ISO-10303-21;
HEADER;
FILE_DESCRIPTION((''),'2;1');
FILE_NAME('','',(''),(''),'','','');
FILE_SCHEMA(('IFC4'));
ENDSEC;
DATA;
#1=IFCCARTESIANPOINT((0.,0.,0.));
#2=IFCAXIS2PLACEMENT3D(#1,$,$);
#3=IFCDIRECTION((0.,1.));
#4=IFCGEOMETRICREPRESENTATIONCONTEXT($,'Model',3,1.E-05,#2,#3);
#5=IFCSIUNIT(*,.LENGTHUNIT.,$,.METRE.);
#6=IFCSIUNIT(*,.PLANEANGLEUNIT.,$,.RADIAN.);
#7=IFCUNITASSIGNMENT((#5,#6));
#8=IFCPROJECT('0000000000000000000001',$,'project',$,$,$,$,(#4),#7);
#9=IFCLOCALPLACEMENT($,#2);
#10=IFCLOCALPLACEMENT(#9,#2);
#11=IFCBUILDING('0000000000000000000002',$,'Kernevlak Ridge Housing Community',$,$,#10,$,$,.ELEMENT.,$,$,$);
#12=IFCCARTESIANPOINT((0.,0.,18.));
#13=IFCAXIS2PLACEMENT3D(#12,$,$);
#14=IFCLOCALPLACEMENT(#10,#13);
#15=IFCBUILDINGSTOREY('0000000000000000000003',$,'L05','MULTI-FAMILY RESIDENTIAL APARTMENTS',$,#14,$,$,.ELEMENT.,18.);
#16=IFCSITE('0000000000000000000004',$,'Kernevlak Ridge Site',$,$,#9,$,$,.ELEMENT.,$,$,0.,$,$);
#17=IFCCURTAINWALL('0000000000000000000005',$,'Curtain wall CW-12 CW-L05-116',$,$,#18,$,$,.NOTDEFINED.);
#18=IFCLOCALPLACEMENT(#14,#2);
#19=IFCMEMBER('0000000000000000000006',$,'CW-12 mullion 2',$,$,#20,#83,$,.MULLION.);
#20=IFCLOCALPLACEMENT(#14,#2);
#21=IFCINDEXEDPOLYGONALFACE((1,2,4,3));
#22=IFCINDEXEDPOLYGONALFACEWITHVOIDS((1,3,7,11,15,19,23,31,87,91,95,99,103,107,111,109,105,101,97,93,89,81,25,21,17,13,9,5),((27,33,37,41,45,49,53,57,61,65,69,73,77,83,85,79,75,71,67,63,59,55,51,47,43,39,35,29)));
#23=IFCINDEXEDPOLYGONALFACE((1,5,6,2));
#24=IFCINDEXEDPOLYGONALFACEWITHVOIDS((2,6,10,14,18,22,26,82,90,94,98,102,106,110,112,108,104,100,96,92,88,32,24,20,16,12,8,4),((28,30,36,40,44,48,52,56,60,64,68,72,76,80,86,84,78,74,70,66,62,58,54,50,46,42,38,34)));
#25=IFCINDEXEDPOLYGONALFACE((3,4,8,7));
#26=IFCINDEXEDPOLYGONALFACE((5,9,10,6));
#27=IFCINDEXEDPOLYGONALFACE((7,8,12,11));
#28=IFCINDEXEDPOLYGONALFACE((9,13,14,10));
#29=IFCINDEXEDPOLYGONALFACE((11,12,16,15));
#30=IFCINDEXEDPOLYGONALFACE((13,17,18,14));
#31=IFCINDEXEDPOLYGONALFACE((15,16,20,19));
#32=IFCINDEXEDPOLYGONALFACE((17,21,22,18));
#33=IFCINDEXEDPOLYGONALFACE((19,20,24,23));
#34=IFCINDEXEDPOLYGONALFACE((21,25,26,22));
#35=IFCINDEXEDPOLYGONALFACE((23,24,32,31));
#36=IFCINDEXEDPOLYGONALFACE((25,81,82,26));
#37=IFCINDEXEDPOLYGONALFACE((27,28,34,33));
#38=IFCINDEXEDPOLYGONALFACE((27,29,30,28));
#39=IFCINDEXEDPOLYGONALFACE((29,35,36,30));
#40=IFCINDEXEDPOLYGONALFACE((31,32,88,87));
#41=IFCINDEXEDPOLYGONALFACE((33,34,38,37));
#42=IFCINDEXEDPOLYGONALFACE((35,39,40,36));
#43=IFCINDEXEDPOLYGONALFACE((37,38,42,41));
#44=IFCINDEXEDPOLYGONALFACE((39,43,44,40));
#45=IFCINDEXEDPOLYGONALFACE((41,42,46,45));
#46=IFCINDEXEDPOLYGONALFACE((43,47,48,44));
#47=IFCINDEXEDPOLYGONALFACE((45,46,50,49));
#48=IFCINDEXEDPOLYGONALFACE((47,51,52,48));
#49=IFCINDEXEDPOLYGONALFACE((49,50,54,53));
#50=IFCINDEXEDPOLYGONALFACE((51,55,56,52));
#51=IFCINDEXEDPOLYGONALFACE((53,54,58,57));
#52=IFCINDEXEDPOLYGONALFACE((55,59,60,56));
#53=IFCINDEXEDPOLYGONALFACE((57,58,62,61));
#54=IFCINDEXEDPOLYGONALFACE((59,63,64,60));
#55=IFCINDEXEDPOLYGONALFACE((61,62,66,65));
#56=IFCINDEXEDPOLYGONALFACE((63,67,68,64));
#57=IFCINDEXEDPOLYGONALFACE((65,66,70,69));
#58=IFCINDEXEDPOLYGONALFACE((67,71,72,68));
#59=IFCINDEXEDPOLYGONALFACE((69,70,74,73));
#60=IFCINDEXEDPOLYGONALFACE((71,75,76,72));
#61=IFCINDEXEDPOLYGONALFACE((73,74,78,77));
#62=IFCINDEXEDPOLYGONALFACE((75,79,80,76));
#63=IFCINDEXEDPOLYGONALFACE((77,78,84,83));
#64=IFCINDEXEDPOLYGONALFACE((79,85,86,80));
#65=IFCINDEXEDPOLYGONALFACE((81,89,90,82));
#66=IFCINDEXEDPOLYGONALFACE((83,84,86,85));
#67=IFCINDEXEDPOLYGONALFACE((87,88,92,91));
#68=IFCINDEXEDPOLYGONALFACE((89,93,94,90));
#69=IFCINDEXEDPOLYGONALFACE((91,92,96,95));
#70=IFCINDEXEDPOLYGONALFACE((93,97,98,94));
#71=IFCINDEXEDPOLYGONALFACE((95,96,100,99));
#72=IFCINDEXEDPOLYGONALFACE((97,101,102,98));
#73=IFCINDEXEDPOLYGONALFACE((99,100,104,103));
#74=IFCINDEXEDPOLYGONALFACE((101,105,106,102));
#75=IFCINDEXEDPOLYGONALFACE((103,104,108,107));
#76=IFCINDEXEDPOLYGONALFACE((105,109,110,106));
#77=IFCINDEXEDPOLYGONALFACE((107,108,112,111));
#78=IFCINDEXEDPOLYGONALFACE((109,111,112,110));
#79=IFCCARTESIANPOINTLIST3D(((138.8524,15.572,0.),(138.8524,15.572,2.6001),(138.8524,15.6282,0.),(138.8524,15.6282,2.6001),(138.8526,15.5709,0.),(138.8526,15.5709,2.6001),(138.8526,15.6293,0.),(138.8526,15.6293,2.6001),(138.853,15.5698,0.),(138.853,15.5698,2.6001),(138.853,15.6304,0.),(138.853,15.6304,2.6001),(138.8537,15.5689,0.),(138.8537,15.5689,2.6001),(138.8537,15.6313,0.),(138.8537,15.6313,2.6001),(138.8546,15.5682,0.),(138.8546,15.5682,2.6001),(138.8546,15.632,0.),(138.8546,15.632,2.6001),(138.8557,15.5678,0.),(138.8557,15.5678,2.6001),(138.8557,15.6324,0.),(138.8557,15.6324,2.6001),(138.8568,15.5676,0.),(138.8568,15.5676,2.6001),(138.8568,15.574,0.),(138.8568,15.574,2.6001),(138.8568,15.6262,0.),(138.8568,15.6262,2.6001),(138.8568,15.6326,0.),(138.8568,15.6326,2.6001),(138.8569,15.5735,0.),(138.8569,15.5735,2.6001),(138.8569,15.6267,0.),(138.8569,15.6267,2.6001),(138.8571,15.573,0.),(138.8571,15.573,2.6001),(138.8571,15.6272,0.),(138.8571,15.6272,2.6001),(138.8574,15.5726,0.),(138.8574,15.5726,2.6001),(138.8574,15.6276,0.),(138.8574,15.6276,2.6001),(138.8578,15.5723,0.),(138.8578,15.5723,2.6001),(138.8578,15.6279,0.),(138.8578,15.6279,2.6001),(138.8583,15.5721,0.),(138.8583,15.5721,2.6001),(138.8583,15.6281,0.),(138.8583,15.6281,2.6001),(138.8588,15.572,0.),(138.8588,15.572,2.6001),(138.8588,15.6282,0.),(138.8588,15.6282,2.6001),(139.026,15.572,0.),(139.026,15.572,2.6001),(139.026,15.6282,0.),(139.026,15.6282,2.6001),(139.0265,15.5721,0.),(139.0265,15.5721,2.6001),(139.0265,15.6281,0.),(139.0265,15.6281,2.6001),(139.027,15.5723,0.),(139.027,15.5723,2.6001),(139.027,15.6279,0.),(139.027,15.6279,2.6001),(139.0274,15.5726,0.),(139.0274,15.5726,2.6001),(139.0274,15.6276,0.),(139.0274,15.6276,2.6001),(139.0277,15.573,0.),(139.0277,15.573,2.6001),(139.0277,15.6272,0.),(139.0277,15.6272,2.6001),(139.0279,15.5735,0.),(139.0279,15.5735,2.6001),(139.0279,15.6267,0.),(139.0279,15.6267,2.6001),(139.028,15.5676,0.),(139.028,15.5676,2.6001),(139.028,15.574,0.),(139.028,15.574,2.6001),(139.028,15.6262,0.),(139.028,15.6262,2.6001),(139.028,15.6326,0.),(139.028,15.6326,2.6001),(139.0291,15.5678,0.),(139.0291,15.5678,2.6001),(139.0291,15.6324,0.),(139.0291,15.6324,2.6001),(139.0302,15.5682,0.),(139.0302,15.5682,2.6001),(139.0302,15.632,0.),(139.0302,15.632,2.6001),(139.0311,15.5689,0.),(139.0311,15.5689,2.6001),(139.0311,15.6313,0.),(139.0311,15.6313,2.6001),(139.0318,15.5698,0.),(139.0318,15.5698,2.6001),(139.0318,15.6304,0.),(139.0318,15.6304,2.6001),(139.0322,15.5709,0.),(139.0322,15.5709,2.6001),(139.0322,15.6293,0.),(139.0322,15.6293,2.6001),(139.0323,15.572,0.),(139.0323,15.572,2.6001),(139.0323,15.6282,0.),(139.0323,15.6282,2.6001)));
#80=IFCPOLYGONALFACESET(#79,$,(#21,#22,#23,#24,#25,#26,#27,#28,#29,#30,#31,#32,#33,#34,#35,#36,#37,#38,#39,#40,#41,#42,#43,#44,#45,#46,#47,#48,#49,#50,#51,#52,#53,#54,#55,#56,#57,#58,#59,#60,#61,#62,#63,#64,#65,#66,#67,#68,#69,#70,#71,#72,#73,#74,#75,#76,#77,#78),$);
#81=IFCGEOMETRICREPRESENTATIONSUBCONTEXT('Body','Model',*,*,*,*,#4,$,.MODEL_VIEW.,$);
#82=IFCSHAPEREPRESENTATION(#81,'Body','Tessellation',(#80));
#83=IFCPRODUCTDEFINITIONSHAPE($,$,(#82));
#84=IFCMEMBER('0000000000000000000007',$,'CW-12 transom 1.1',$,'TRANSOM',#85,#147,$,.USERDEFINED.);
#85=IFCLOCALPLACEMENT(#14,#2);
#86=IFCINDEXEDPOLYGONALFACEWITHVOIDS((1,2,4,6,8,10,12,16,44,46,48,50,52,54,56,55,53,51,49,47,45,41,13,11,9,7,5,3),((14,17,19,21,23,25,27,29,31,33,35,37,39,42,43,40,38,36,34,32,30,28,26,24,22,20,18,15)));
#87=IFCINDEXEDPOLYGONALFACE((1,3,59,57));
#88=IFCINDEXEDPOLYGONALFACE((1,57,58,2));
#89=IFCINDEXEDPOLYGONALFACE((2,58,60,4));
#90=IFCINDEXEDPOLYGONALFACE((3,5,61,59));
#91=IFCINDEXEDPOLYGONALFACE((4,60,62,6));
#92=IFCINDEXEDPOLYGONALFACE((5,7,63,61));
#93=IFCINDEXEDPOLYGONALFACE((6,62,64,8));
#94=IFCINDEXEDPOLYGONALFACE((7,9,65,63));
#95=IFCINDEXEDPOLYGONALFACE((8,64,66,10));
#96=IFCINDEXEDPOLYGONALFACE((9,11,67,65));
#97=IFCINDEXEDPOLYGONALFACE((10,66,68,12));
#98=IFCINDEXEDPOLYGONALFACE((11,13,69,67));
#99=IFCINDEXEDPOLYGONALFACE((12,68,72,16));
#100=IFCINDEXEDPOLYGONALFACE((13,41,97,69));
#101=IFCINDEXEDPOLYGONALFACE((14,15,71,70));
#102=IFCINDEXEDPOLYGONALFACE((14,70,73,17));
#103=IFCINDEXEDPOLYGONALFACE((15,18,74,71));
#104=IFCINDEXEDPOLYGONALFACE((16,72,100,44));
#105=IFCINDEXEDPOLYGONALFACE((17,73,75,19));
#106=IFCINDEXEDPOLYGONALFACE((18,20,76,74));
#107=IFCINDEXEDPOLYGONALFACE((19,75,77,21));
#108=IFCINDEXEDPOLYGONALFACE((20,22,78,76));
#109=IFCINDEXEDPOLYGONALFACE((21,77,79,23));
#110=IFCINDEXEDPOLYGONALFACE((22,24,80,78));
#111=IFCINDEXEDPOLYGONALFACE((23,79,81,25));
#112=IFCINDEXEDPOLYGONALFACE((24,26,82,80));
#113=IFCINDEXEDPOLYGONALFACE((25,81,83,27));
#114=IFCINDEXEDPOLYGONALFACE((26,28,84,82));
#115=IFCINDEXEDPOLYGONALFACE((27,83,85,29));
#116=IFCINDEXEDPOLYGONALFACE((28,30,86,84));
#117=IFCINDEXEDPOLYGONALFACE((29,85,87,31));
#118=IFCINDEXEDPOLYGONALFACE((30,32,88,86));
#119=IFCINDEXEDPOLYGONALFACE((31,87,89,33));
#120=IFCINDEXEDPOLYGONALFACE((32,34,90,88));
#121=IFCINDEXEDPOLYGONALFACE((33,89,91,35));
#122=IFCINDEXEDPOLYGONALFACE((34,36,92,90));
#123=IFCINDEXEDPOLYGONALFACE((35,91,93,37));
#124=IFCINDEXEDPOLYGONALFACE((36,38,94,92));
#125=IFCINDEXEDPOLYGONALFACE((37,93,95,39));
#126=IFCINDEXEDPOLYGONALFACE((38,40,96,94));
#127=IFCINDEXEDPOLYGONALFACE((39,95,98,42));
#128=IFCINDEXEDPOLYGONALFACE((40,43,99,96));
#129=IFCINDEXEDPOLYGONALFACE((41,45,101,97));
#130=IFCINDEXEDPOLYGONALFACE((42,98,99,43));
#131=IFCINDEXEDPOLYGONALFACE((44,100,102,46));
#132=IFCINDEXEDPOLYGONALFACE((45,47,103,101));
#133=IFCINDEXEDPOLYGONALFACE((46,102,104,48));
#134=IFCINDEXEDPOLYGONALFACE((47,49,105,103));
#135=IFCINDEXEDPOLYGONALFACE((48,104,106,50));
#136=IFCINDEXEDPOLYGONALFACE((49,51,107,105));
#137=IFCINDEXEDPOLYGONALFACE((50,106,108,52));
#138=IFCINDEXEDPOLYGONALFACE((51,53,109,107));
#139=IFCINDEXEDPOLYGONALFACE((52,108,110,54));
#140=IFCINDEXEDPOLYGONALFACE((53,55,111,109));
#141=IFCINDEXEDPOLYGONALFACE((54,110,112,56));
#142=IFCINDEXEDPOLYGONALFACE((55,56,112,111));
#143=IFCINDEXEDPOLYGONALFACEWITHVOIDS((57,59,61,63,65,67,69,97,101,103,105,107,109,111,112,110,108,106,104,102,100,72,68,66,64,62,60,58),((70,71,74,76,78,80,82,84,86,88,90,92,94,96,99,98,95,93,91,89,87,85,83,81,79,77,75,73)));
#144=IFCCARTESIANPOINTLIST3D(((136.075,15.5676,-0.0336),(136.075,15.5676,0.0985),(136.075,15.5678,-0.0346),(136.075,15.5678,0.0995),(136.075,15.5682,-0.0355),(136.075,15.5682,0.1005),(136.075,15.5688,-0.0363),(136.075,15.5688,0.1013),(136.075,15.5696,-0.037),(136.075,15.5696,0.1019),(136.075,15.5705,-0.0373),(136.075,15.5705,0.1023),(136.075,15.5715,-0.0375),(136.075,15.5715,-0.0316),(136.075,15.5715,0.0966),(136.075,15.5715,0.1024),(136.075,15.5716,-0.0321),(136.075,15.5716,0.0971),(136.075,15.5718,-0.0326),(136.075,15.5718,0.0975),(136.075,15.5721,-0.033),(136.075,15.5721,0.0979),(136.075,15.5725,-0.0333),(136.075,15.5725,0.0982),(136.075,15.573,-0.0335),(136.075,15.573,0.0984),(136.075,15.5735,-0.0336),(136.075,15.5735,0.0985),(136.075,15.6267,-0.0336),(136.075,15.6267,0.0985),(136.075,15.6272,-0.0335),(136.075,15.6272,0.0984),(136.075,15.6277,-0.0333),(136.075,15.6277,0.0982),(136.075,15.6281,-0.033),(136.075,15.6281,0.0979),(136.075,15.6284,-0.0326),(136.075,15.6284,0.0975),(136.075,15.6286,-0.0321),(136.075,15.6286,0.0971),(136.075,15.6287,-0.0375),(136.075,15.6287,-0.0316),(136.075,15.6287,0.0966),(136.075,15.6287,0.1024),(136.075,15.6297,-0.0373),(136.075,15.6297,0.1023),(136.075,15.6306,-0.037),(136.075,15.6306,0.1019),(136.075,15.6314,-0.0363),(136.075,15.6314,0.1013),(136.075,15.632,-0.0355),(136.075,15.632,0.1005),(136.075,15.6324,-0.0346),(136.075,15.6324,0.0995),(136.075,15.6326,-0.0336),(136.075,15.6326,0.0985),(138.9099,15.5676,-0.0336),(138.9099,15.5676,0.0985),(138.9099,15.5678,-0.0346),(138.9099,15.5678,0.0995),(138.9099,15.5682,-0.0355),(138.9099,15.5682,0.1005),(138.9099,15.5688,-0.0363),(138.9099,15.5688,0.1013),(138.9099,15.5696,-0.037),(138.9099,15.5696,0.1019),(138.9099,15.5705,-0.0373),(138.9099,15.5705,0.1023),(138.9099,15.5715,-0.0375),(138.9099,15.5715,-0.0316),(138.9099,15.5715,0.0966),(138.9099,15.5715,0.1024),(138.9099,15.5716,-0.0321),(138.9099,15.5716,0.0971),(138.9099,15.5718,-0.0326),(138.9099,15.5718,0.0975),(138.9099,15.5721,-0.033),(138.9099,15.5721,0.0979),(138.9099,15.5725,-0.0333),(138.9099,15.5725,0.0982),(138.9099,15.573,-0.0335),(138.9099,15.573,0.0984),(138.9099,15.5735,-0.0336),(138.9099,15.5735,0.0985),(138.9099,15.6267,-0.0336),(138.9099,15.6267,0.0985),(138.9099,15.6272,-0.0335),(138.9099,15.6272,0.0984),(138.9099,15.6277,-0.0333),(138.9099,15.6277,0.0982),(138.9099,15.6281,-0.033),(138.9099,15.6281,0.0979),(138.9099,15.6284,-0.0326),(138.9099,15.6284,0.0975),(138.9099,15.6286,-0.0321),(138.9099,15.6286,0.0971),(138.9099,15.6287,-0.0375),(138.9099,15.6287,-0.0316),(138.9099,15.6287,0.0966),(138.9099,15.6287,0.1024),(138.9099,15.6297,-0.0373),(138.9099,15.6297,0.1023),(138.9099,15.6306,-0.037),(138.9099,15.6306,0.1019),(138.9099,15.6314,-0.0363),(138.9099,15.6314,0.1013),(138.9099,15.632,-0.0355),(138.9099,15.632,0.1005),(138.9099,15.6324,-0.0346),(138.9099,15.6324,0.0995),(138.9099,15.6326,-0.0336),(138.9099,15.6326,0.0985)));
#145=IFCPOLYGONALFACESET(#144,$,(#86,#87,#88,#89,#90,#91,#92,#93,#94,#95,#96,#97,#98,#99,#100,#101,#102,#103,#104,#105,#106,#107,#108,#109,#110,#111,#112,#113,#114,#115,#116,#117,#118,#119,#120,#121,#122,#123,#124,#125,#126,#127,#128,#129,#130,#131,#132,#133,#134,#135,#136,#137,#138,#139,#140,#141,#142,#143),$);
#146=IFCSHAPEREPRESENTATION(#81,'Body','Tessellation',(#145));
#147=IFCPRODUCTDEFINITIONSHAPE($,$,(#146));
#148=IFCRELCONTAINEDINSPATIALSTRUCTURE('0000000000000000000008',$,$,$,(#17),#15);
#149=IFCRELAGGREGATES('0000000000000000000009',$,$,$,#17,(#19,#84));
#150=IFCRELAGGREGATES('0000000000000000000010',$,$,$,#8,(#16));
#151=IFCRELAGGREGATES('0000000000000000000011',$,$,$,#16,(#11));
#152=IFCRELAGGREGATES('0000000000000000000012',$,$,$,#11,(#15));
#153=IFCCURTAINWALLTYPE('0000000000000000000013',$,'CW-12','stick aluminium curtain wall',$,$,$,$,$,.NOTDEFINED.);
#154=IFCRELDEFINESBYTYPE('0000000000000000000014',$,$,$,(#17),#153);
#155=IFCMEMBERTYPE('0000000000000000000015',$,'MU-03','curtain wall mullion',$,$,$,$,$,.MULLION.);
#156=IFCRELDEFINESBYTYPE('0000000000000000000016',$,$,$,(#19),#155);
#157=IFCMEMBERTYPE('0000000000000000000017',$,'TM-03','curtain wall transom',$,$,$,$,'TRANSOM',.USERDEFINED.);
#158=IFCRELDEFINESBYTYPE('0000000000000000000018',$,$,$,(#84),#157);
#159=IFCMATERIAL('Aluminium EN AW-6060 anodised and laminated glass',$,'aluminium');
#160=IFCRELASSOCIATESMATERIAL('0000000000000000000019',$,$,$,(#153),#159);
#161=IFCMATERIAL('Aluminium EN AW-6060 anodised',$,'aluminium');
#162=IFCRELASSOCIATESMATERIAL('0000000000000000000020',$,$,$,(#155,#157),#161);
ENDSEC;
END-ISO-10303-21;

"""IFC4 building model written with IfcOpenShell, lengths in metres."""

from ifc_helpers import new_model, si_unit, direction, frame, origin, origin_2d, place, context, subcontext, project, spatial, hollow_rectangle, extrude, material, material_profile, profile_set, type_object, element, aggregate, save


model = new_model("IFC4")

# Units and contexts
model_context = context("Model", 3, precision=1e-05, world=origin(), true_north=direction((0.0, 1.0)))
body_context = subcontext(model_context, "Body", "Model", "MODEL_VIEW")
ifc_project = project(units=[si_unit("LENGTHUNIT", "METRE"), si_unit("PLANEANGLEUNIT", "RADIAN")], contexts=[model_context])

# Site, building, storey
site_placement = place(None, origin())
site = spatial("IfcSite", under=ifc_project, at=site_placement, Name="Kernevlak Ridge Site", CompositionType="ELEMENT", RefElevation=0.0)
building_placement = place(site_placement, origin())
building = spatial("IfcBuilding", under=site, at=building_placement, Name="Kernevlak Ridge Housing Community", CompositionType="ELEMENT")
storey_placement = place(building_placement, frame((0.0, 0.0, 18.0)))
storey = spatial("IfcBuildingStorey", under=building, at=storey_placement, Name="L05", Description="MULTI-FAMILY RESIDENTIAL APARTMENTS", CompositionType="ELEMENT", Elevation=18.0)

# Shared definitions
ifc_material_1 = material(Name="Aluminium EN AW-6060 anodised and laminated glass", Category="aluminium")
ifc_material_2 = material(Name="Aluminium EN AW-6060 anodised", Category="aluminium")

# Curtain wall, members
curtain_wall_type_1 = type_object("IfcCurtainWallType", Name="CW-12", Description="stick aluminium curtain wall", PredefinedType="NOTDEFINED", material=ifc_material_1)
curtain_wall_1_placement = place(storey_placement, origin())
curtain_wall_1 = element("IfcCurtainWall", 1, at=curtain_wall_1_placement, inside=storey, type_object=curtain_wall_type_1, Name="Curtain wall CW-12 CW-L05-116", PredefinedType="NOTDEFINED")
ifc_material_profile_1 = material_profile(ifc_material_2, hollow_rectangle(XDim=0.0649, YDim=0.1799, WallThickness=0.0044, InnerFilletRadius=0.002, OuterFilletRadius=0.0044, at=origin_2d()), Name="ALU 65x180x4.5")
ifc_profile_set_1 = profile_set([ifc_material_profile_1], Name="Aluminium EN AW-6060 anodised")
member_type_1 = type_object("IfcMemberType", Name="MU-03", Description="curtain wall mullion", PredefinedType="MULLION", material=ifc_profile_set_1)
member_1_placement = place(storey_placement, frame((138.9424, 15.6001, 0.0), z_axis=(0.0, 0.0, 1.0), x_axis=(0.0, 1.0, 0.0)))
member_1 = element("IfcMember", 2, at=member_1_placement, type_object=member_type_1, Name="CW-12 mullion 2", PredefinedType="MULLION", context=body_context, shape_type="SweptSolid", body=[
    extrude(hollow_rectangle(XDim=0.0649, YDim=0.1799, WallThickness=0.0044, InnerFilletRadius=0.002, OuterFilletRadius=0.0044, at=origin_2d()), origin(), (0.0, 0.0, 1.0), 2.6001),
])
ifc_material_profile_2 = material_profile(ifc_material_2, hollow_rectangle(XDim=0.0649, YDim=0.1399, WallThickness=0.0039, InnerFilletRadius=0.002, OuterFilletRadius=0.0039, at=origin_2d()), Name="ALU 65x140x4")
ifc_profile_set_2 = profile_set([ifc_material_profile_2], Name="Aluminium EN AW-6060 anodised")
member_type_2 = type_object("IfcMemberType", Name="TM-03", Description="curtain wall transom", ElementType="TRANSOM", PredefinedType="USERDEFINED", material=ifc_profile_set_2)
member_2_placement = place(storey_placement, frame((136.075, 15.6001, 0.0325), z_axis=(1.0, 0.0, 0.0), x_axis=(0.0, 1.0, 0.0)))
member_2 = element("IfcMember", 3, at=member_2_placement, type_object=member_type_2, Name="CW-12 transom 1.1", ObjectType="TRANSOM", PredefinedType="USERDEFINED", context=body_context, shape_type="SweptSolid", body=[
    extrude(hollow_rectangle(XDim=0.0649, YDim=0.1399, WallThickness=0.0039, InnerFilletRadius=0.002, OuterFilletRadius=0.0039, at=origin_2d()), origin(), (0.0, 0.0, 1.0), 2.835),
])

aggregate(curtain_wall_1, [member_1, member_2])

save(model, "model.ifc")
